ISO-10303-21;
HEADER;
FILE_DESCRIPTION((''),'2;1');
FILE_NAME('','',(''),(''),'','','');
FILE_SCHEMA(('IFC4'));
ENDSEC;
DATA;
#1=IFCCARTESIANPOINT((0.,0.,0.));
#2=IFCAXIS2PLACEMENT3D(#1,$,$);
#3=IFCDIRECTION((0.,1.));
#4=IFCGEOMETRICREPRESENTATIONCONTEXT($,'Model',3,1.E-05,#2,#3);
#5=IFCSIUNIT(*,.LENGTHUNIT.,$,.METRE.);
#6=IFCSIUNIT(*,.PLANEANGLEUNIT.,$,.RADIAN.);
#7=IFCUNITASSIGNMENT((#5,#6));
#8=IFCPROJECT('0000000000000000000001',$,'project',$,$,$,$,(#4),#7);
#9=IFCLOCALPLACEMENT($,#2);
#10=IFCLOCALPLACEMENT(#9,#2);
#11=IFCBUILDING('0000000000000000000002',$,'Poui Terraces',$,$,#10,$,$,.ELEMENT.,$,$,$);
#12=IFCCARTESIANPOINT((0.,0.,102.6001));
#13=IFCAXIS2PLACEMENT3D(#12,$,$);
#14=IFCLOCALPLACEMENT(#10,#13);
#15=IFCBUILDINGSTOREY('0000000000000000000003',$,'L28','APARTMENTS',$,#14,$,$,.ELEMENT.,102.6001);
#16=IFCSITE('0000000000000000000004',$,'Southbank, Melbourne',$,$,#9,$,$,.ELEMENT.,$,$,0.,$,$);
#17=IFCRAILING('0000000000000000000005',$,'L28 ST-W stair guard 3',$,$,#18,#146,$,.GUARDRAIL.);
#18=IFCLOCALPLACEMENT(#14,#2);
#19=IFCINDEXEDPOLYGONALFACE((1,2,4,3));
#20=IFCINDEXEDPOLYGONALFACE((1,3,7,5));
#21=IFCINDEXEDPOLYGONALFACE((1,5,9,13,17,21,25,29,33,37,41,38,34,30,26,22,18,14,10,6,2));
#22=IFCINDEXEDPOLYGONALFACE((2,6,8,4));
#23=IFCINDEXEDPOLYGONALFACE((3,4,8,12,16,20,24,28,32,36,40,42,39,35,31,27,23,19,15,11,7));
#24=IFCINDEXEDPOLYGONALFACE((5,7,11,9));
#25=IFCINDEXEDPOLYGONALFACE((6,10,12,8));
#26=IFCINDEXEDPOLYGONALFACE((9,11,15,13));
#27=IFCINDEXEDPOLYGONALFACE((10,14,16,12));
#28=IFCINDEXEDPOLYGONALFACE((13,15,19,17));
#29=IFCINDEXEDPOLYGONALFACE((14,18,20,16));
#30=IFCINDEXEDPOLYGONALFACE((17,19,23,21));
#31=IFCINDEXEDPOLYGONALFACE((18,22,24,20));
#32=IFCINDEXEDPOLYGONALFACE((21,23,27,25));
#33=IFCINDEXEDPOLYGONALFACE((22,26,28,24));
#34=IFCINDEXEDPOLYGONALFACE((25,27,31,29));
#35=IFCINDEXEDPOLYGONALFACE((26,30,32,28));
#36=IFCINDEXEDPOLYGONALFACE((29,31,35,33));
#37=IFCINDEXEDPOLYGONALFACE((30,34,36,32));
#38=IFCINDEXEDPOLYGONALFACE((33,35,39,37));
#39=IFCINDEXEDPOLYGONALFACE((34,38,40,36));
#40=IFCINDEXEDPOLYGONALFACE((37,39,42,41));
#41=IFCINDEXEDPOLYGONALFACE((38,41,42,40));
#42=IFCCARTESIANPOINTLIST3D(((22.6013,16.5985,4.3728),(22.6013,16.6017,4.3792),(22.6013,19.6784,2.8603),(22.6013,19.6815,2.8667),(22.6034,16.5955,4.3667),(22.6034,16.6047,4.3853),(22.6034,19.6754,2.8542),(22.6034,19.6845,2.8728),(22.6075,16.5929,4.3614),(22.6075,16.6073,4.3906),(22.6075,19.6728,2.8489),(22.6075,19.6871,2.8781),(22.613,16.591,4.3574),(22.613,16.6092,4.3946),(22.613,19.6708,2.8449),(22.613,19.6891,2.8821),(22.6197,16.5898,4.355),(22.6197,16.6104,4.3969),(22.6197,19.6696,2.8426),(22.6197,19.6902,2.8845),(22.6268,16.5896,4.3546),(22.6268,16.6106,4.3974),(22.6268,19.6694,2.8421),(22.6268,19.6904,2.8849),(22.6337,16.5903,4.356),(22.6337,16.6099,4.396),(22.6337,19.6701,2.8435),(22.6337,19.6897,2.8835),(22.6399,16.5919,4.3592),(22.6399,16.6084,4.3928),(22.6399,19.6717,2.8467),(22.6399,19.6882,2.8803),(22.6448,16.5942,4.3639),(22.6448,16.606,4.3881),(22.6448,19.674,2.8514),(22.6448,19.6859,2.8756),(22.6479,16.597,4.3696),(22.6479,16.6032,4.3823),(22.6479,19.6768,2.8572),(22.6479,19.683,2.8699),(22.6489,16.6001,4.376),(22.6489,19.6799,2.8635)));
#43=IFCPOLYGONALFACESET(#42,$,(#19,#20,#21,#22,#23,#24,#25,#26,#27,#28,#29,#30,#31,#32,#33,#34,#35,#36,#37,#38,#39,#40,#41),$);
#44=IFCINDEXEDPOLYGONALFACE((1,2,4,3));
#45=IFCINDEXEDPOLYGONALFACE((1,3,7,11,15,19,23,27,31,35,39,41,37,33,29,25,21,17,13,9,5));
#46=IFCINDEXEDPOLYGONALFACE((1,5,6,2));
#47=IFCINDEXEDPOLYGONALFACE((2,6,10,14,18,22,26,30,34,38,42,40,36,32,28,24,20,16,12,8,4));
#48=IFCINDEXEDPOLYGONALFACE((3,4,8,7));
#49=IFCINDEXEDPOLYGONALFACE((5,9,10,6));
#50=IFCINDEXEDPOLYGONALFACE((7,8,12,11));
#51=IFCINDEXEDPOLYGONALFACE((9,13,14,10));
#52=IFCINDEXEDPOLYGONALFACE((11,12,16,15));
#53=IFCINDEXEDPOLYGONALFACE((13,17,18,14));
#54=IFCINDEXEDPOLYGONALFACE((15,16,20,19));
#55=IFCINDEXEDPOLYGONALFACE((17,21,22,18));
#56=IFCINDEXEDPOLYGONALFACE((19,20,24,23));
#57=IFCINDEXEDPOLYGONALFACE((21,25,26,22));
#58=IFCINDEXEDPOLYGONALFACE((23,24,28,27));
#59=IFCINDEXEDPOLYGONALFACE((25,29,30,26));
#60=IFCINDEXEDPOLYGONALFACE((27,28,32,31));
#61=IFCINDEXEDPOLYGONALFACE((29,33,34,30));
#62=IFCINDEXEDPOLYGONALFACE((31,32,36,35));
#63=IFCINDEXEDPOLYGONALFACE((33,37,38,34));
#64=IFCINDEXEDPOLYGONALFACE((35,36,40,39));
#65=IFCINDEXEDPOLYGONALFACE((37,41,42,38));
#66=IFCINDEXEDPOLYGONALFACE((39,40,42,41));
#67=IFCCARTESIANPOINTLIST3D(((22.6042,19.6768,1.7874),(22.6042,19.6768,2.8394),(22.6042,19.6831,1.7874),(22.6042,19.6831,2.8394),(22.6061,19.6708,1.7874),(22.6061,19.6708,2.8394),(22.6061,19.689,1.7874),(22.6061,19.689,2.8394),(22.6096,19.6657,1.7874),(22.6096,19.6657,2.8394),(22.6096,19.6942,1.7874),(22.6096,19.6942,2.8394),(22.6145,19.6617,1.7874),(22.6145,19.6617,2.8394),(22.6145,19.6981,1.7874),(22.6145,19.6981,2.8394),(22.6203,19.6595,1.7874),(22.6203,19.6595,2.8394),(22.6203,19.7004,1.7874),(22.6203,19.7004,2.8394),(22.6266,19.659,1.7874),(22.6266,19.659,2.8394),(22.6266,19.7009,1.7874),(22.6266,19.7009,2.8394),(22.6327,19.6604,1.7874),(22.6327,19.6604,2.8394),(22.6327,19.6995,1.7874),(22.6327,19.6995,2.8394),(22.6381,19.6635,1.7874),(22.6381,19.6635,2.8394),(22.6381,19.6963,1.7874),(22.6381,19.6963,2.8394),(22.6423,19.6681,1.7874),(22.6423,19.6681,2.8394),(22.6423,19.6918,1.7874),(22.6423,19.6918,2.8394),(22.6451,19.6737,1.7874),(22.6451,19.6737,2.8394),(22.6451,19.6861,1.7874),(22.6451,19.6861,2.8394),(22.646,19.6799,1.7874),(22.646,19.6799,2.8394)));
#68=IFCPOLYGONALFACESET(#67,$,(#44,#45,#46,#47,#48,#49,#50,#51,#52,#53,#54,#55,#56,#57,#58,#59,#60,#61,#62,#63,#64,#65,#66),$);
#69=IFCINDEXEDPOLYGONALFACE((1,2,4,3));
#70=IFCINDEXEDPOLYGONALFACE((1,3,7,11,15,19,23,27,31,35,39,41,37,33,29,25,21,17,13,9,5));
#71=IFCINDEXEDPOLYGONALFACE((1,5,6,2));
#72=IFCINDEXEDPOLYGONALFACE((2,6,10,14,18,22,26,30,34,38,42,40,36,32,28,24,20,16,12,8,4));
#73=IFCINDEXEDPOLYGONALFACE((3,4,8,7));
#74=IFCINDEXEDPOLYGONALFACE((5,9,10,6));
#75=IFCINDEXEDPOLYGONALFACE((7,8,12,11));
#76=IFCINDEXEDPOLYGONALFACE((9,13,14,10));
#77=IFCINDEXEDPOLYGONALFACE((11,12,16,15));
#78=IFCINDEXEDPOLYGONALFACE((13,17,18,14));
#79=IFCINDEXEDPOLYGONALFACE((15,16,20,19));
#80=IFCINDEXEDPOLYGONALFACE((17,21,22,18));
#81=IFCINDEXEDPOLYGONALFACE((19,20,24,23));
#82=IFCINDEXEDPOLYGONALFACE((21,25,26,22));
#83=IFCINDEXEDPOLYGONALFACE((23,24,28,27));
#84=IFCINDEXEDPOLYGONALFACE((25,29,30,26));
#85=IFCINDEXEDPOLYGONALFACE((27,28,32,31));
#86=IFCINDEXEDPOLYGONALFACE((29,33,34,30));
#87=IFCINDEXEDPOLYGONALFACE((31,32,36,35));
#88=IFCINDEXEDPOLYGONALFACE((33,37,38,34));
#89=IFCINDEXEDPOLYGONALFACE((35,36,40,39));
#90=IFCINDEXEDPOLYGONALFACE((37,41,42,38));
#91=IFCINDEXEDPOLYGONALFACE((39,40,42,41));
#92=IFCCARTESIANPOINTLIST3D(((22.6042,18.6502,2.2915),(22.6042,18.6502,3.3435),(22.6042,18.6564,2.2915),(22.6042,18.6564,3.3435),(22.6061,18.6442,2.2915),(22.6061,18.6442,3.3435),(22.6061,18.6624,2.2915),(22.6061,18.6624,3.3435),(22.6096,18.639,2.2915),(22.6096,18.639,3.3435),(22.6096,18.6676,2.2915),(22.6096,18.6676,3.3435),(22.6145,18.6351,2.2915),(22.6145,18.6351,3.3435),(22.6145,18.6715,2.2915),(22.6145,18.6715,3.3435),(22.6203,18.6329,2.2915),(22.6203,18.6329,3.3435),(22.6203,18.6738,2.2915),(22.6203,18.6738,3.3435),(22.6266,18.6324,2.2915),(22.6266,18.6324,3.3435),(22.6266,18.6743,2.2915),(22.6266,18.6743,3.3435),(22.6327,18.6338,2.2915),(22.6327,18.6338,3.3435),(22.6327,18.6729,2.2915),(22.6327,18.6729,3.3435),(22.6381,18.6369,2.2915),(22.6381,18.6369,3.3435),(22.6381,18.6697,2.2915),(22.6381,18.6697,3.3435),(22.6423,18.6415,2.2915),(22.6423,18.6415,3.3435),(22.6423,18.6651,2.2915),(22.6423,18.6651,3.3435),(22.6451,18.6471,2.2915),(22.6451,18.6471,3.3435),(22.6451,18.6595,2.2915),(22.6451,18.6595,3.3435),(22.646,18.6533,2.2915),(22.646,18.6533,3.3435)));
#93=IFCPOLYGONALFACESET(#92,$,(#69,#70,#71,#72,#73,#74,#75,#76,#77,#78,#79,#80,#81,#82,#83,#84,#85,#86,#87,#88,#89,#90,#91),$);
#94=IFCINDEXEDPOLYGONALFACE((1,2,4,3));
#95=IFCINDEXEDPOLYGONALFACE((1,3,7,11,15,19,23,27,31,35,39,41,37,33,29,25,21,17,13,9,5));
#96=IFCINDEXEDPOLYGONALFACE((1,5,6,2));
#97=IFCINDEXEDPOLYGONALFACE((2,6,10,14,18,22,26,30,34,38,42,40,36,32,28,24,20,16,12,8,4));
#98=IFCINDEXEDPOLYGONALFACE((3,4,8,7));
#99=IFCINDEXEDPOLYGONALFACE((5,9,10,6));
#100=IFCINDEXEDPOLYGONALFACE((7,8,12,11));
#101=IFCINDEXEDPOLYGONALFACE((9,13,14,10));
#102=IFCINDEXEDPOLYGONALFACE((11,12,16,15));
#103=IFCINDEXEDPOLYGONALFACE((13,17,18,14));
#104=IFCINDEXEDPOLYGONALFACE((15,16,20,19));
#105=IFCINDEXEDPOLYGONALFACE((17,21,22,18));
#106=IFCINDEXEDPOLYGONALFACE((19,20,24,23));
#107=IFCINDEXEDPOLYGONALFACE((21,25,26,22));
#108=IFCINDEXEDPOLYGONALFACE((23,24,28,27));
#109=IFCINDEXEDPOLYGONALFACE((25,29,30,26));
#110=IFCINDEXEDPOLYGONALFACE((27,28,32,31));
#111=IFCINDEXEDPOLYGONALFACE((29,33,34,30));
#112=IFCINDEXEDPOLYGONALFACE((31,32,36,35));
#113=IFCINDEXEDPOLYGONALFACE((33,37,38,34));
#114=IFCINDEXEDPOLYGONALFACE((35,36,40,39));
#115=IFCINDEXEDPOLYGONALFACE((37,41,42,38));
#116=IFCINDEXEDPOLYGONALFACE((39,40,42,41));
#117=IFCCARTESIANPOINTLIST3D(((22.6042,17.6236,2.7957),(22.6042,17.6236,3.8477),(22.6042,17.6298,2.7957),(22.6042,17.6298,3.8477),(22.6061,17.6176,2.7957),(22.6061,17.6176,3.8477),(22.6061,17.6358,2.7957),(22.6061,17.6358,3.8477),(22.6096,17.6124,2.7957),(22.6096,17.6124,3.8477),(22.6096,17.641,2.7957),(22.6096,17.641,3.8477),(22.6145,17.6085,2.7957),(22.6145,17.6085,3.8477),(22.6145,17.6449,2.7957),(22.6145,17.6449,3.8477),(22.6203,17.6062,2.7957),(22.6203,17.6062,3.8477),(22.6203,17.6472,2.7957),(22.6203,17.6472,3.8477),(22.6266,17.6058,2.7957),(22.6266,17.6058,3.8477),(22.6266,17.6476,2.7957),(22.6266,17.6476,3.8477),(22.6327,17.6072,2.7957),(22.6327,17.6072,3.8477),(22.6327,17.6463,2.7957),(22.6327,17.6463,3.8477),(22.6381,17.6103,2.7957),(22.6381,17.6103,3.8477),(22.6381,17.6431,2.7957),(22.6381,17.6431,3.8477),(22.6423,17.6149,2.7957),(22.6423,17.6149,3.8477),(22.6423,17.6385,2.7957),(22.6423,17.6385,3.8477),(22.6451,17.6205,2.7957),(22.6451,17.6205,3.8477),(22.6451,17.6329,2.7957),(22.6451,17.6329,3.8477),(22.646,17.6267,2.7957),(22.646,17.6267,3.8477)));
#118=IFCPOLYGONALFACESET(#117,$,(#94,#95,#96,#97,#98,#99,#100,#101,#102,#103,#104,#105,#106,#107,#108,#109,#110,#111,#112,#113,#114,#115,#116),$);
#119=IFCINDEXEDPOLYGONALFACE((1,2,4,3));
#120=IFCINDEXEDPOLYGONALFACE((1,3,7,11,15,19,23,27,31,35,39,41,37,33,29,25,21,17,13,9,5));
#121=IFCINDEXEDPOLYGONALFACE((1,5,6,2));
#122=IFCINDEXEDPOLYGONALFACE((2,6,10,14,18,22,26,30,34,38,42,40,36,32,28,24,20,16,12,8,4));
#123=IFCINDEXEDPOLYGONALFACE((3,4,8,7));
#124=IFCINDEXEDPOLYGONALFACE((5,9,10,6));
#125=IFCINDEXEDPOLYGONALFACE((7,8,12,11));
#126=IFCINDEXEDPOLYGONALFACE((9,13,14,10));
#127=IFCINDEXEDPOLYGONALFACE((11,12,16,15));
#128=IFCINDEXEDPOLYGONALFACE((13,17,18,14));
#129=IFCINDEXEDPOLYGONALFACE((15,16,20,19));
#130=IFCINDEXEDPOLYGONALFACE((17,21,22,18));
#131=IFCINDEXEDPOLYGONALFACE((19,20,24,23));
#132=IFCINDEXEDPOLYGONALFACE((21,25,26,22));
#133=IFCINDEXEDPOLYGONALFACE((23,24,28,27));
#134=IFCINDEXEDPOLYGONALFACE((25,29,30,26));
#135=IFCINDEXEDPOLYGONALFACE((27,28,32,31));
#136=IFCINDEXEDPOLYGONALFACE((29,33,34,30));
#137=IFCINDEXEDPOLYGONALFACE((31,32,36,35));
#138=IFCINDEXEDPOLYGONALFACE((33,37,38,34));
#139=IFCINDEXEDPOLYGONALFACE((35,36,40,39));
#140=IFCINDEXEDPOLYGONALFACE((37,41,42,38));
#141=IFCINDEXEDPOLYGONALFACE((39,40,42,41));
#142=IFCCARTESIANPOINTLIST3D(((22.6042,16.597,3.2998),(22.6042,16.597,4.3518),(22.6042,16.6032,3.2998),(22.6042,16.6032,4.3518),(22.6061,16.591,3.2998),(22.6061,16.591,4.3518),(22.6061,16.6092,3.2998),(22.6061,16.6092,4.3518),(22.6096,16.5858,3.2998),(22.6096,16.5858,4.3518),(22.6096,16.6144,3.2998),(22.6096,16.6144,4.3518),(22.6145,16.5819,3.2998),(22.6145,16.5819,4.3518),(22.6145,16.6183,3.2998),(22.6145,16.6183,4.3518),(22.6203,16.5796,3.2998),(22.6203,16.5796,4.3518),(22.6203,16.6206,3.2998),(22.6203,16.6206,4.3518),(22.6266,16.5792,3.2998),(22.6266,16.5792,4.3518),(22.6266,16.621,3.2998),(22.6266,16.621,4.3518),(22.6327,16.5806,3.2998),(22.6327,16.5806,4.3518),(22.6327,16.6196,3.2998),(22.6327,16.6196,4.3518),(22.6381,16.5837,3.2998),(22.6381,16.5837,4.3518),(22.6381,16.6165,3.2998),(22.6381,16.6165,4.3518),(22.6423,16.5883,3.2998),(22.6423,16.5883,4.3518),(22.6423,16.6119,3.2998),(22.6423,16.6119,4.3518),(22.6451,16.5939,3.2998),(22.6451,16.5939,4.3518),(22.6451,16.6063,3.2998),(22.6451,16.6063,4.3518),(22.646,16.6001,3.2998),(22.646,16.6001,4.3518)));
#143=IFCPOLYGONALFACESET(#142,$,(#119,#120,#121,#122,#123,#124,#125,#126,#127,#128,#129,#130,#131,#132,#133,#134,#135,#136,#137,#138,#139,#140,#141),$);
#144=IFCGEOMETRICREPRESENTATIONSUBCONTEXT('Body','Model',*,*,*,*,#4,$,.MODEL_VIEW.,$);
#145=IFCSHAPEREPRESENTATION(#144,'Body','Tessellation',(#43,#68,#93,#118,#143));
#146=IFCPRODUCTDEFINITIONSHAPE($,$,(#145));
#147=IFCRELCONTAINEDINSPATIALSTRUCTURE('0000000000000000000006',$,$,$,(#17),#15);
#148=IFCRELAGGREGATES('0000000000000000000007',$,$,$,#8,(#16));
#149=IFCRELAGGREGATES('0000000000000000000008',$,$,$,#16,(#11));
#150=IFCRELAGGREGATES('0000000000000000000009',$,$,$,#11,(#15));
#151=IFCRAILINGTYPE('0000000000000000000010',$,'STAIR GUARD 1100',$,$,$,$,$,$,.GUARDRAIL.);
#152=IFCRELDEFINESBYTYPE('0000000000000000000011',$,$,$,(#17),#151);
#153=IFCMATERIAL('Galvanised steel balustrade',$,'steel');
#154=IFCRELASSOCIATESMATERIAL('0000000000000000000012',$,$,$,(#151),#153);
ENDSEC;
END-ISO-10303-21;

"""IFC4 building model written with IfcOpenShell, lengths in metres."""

from ifc_helpers import new_model, si_unit, direction, frame, origin, origin_2d, place, context, subcontext, project, spatial, circle, extrude, material, type_object, element, save


model = new_model("IFC4")

# Units and contexts
model_context = context("Model", 3, precision=1e-05, world=origin(), true_north=direction((0.0, 1.0)))
body_context = subcontext(model_context, "Body", "Model", "MODEL_VIEW")
ifc_project = project(units=[si_unit("LENGTHUNIT", "METRE"), si_unit("PLANEANGLEUNIT", "RADIAN")], contexts=[model_context])

# Site, building, storey
site_placement = place(None, origin())
site = spatial("IfcSite", under=ifc_project, at=site_placement, Name="Southbank, Melbourne", CompositionType="ELEMENT", RefElevation=0.0)
building_placement = place(site_placement, origin())
building = spatial("IfcBuilding", under=site, at=building_placement, Name="Poui Terraces", CompositionType="ELEMENT")
storey_placement = place(building_placement, frame((0.0, 0.0, 102.6001)))
storey = spatial("IfcBuildingStorey", under=building, at=storey_placement, Name="L28", Description="APARTMENTS", CompositionType="ELEMENT", Elevation=102.6001)

# Railing
ifc_material_1 = material(Name="Galvanised steel balustrade", Category="steel")
railing_type_1 = type_object("IfcRailingType", Name="STAIR GUARD 1100", PredefinedType="GUARDRAIL", material=ifc_material_1)
railing_1_placement = place(storey_placement, frame((22.625, 19.6799, 1.7874)))
element("IfcRailing", 1, at=railing_1_placement, inside=storey, type_object=railing_type_1, Name="L28 ST-W stair guard 3", PredefinedType="GUARDRAIL", context=body_context, shape_type="SweptSolid", body=[
    extrude(circle(Radius=0.0239, at=origin_2d()), frame((0.0, 0.0, 1.0762), z_axis=(0.0, -0.897606, 0.440798), x_axis=(1.0, 0.0, 0.0)), (0.0, 0.0, 1.0), 3.4312),
    extrude(circle(Radius=0.021, at=origin_2d()), origin(), (0.0, 0.0, 1.0), 1.052),
    extrude(circle(Radius=0.021, at=origin_2d()), frame((0.0, -1.0266, 0.5042)), (0.0, 0.0, 1.0), 1.052),
    extrude(circle(Radius=0.021, at=origin_2d()), frame((0.0, -2.0532, 1.0083)), (0.0, 0.0, 1.0), 1.052),
    extrude(circle(Radius=0.021, at=origin_2d()), frame((0.0, -3.0798, 1.5125)), (0.0, 0.0, 1.0), 1.052),
])

save(model, "model.ifc")
